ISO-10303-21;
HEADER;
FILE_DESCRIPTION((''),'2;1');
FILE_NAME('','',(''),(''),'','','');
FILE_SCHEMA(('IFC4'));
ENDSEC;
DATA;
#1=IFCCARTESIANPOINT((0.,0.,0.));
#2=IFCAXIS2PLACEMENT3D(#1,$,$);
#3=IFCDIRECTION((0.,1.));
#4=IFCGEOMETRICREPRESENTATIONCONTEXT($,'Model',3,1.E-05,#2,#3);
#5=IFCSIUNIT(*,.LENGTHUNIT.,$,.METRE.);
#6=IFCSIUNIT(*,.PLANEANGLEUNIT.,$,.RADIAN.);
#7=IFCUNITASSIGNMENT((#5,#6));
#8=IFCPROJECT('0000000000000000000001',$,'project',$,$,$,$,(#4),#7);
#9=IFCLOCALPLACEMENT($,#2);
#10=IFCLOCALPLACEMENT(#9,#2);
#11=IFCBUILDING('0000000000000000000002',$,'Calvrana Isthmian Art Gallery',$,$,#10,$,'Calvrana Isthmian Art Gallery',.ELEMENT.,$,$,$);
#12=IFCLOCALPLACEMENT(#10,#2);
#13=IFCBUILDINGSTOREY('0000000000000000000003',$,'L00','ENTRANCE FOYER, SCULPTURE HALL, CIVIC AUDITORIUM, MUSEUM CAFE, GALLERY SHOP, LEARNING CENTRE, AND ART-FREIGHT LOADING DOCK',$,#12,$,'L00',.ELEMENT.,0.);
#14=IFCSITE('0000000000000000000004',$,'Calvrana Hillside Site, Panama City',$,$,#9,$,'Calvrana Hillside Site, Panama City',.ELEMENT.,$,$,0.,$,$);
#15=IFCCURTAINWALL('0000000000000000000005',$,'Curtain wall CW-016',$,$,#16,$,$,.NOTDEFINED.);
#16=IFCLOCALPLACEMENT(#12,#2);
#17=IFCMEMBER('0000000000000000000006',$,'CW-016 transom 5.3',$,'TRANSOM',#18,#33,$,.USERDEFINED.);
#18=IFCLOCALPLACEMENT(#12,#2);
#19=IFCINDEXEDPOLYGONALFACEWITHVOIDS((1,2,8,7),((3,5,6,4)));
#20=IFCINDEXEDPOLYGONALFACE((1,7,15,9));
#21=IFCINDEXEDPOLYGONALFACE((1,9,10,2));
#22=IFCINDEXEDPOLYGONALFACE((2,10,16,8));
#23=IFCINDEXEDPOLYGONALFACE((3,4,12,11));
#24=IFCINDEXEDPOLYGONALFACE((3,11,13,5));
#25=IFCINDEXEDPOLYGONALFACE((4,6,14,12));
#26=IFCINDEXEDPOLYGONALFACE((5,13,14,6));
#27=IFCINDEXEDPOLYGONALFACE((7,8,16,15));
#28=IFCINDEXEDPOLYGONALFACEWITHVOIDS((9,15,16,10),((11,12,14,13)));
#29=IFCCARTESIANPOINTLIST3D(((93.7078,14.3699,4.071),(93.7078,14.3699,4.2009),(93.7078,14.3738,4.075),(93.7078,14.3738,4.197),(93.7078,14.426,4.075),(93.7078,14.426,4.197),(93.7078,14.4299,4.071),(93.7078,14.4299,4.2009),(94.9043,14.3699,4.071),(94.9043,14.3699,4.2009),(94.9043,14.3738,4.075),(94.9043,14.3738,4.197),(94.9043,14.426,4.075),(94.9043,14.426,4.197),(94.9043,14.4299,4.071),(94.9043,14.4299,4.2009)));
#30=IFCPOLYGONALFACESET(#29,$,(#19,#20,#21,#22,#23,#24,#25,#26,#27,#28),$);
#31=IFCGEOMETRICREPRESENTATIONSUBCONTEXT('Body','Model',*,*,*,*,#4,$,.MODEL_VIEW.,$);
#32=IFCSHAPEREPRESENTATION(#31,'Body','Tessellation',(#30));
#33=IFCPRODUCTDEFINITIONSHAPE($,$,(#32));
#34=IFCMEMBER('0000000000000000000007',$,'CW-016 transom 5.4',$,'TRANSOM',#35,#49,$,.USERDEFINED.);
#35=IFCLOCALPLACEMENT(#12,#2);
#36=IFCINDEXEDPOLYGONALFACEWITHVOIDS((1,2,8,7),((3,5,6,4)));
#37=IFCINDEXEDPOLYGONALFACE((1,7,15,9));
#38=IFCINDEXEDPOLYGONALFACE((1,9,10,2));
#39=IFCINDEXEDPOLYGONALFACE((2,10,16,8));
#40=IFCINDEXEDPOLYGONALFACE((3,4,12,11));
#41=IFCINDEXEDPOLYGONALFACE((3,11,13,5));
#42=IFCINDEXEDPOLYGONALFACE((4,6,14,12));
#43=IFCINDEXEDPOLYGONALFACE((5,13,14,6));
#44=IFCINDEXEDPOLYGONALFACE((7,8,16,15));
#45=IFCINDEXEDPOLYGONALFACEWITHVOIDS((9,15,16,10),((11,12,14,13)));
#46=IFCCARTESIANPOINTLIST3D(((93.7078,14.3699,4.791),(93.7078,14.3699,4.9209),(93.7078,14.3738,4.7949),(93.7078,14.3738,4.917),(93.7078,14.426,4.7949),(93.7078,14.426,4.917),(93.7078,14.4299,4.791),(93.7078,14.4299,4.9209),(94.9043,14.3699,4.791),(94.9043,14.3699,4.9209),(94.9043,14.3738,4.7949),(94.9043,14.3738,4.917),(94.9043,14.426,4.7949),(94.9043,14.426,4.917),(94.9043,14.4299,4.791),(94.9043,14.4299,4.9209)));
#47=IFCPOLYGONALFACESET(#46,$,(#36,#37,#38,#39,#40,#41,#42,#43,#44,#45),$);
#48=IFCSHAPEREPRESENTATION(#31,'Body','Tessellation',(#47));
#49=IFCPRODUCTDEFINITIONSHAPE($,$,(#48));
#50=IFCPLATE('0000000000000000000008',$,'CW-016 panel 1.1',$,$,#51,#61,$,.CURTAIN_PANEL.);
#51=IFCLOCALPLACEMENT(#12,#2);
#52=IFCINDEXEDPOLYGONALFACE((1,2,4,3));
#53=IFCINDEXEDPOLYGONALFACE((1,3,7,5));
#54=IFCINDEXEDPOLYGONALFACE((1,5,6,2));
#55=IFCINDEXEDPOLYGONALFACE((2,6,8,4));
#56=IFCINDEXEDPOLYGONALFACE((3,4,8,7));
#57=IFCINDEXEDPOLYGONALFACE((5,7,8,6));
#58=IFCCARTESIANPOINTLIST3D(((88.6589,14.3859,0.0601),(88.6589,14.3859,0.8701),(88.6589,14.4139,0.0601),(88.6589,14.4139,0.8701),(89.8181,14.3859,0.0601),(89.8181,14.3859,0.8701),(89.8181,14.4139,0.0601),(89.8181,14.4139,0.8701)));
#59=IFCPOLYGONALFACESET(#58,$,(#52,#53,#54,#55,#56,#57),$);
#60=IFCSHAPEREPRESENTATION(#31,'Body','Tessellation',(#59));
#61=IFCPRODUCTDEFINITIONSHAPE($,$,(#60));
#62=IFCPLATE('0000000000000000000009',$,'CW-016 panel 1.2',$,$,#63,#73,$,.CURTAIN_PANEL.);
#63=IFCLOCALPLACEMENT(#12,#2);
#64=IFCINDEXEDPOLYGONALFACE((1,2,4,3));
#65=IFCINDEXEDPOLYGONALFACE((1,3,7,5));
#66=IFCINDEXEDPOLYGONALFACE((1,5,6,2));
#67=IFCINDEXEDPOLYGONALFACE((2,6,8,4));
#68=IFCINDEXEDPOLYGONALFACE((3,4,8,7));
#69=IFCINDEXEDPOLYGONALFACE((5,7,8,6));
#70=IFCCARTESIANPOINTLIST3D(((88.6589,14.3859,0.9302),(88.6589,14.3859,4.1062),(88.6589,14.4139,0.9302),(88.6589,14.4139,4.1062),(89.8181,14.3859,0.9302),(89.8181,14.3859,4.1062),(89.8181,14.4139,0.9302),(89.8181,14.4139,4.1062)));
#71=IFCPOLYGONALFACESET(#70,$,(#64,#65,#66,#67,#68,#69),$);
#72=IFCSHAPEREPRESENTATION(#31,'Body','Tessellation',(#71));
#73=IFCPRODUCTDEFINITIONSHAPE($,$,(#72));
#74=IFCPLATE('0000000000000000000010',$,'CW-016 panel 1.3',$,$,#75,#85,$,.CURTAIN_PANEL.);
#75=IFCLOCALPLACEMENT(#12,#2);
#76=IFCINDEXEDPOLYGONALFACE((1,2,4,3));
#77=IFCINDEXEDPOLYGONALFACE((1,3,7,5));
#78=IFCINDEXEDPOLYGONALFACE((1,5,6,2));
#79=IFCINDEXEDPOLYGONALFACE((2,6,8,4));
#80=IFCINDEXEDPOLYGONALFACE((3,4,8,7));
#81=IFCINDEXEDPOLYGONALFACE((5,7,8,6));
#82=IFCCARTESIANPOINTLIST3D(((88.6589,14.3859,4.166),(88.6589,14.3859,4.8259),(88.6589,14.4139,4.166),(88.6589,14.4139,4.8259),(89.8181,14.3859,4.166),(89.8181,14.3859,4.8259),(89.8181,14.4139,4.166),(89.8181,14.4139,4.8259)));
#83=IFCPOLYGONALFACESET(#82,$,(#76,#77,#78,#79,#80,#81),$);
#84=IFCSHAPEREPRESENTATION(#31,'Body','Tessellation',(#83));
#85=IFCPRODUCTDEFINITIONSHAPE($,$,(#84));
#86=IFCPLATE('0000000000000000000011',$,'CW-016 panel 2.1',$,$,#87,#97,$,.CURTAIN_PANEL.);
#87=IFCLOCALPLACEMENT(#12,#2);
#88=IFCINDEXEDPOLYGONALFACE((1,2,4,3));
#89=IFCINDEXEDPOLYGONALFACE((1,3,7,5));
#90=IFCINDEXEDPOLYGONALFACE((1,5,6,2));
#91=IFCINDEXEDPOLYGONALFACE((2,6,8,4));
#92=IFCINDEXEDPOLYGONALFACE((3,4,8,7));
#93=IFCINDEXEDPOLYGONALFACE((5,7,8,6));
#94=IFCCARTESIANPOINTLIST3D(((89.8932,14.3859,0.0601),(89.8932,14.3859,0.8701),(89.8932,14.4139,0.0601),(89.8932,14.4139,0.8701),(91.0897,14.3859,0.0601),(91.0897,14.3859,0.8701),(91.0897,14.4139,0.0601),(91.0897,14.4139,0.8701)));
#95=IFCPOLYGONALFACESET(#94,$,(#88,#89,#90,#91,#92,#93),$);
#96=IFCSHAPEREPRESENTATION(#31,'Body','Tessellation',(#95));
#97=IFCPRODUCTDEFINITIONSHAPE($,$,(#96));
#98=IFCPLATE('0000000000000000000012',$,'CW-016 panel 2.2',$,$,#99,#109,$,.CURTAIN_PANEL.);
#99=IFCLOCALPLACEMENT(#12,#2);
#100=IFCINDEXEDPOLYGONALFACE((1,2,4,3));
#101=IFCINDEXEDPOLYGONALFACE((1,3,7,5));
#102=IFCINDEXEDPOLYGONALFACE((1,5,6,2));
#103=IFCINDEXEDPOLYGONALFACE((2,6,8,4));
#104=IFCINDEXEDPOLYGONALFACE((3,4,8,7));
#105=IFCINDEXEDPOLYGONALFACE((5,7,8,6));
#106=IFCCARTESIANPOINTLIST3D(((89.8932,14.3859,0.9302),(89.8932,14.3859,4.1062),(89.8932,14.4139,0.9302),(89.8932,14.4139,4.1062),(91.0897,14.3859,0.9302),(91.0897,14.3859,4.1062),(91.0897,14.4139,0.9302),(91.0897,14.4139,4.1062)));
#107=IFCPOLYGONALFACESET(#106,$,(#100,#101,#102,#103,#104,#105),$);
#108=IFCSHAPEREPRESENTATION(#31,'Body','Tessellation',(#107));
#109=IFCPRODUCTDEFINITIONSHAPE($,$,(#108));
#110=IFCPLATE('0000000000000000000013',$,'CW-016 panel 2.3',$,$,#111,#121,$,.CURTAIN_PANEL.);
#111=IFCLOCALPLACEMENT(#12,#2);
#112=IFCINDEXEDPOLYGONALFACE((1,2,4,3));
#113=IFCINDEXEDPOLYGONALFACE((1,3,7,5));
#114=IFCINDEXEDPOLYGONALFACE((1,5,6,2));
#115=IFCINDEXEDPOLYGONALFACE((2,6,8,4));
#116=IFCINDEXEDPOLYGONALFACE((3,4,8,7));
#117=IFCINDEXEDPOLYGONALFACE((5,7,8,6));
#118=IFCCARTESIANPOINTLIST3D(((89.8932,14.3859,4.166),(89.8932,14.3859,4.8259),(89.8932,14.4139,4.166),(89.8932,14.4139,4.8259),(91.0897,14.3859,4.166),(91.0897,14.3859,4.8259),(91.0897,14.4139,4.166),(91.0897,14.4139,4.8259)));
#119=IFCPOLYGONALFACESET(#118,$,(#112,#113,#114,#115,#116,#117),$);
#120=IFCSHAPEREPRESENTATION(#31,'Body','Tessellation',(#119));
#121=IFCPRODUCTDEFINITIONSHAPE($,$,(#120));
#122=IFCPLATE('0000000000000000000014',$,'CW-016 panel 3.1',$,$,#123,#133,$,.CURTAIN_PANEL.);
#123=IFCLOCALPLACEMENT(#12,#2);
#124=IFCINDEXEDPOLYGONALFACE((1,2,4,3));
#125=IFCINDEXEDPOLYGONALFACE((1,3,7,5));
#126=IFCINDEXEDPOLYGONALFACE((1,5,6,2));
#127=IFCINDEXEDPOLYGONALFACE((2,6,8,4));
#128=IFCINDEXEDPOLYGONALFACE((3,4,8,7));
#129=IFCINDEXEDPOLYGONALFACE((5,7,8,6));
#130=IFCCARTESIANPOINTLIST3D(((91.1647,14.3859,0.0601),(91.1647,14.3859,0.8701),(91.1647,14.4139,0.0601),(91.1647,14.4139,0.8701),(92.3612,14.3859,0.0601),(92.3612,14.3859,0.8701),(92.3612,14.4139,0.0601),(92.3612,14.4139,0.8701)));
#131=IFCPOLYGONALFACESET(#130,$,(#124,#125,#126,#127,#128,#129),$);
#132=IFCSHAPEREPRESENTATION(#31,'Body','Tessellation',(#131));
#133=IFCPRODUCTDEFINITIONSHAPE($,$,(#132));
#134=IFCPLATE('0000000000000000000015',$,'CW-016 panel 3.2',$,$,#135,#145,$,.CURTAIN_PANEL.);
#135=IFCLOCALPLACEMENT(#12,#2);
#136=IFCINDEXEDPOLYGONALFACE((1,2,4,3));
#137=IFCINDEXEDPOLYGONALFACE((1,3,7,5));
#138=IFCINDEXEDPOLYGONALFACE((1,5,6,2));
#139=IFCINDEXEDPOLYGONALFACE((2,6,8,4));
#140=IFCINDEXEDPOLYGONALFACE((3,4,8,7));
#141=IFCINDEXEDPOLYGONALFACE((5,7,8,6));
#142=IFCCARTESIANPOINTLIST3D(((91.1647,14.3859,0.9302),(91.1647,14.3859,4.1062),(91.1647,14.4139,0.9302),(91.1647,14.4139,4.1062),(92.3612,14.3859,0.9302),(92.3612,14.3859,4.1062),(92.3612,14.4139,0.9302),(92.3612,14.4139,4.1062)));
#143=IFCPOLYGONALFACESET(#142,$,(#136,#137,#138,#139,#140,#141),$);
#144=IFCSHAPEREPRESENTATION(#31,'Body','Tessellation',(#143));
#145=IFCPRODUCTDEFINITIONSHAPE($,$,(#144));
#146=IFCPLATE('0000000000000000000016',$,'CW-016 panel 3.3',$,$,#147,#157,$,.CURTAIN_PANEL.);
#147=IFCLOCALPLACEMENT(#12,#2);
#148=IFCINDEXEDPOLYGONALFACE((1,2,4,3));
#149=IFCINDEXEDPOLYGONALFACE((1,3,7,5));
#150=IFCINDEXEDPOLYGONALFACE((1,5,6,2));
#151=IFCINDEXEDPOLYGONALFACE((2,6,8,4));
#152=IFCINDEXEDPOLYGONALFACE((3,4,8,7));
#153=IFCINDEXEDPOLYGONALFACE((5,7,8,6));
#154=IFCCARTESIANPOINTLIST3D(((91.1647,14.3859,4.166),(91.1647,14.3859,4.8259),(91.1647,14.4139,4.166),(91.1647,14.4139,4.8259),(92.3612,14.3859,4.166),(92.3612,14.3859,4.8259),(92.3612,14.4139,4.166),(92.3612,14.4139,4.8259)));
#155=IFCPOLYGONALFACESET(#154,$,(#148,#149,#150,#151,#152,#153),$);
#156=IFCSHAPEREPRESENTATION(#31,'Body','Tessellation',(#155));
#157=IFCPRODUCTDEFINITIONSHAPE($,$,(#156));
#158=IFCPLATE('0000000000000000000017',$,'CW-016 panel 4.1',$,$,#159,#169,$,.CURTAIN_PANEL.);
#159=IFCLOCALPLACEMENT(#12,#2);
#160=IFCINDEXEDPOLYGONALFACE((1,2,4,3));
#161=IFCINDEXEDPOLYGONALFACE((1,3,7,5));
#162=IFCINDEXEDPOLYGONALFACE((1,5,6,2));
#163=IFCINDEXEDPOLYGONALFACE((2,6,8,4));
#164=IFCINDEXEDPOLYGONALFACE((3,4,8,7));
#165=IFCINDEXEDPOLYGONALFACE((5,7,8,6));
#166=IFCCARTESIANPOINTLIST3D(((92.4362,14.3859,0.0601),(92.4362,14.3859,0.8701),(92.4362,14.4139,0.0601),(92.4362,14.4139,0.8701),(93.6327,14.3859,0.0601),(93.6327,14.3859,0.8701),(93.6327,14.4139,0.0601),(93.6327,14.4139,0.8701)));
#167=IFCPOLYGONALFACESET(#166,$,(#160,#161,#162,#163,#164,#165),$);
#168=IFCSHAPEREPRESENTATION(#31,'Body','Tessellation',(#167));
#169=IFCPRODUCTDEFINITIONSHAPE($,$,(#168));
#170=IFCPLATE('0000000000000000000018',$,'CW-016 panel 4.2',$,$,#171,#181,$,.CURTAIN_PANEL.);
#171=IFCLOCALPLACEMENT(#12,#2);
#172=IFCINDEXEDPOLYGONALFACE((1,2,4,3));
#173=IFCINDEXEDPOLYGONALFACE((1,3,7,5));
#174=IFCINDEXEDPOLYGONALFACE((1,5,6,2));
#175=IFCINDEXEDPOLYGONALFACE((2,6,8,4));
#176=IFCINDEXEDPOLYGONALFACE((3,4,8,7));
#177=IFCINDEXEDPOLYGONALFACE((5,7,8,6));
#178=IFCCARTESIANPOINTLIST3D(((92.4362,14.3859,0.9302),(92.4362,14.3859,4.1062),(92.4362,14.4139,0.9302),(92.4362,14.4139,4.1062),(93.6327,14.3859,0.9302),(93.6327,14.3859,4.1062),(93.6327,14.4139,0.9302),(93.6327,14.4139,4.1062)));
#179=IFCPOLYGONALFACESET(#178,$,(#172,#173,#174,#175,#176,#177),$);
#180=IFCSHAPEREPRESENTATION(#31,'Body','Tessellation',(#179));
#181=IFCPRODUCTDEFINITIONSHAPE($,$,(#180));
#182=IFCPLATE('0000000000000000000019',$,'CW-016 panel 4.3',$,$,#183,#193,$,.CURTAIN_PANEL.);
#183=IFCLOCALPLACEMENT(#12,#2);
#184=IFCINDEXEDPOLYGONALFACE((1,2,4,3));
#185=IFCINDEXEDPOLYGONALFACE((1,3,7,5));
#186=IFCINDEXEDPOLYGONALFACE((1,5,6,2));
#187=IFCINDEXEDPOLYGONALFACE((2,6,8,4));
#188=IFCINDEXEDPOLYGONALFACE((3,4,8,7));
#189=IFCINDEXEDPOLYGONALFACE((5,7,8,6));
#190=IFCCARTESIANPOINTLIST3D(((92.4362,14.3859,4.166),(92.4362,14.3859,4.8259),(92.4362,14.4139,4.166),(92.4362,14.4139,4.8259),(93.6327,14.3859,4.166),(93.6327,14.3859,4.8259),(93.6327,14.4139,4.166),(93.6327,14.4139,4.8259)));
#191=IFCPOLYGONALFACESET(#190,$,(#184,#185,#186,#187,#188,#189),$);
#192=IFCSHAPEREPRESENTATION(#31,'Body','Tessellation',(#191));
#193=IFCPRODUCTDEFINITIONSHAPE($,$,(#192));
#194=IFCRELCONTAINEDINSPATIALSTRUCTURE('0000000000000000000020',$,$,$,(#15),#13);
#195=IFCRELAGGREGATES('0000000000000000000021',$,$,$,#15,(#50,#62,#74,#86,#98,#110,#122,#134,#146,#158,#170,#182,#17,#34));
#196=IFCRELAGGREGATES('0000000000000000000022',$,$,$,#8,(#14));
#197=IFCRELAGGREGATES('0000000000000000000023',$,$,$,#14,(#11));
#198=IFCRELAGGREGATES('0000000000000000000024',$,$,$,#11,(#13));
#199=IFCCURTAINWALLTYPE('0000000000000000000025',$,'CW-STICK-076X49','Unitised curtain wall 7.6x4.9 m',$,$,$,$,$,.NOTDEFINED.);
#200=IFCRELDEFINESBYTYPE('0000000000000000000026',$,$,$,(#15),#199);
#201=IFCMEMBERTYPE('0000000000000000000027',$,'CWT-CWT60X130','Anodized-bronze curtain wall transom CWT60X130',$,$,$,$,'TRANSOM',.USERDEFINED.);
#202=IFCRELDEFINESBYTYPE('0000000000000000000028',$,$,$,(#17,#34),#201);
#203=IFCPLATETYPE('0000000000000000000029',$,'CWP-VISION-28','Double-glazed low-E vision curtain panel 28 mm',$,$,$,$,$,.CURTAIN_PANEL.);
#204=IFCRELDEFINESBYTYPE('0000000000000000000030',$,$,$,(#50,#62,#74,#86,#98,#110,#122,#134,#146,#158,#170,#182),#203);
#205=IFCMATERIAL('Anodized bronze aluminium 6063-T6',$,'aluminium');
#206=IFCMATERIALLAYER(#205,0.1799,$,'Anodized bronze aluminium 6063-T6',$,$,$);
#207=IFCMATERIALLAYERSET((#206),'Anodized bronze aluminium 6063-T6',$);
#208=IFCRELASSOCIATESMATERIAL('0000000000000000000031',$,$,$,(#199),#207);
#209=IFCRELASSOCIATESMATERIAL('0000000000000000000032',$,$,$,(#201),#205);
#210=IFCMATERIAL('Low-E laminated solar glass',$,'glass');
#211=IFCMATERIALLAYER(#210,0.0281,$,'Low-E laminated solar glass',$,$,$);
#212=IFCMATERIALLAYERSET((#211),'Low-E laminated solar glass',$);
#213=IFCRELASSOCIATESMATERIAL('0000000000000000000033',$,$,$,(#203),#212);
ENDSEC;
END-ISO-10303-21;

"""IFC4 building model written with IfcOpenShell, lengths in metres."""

from ifc_helpers import new_model, si_unit, direction, frame, origin, origin_2d, place, context, subcontext, project, spatial, rectangle, hollow_rectangle, extrude, material, layer, layer_set, material_profile, profile_set, type_object, element, aggregate, save


model = new_model("IFC4")

# Units and contexts
model_context = context("Model", 3, precision=1e-05, world=origin(), true_north=direction((0.0, 1.0)))
body_context = subcontext(model_context, "Body", "Model", "MODEL_VIEW")
ifc_project = project(units=[si_unit("LENGTHUNIT", "METRE"), si_unit("PLANEANGLEUNIT", "RADIAN")], contexts=[model_context])

# Site, building, storey
site_placement = place(None, origin())
site = spatial("IfcSite", under=ifc_project, at=site_placement, Name="Calvrana Hillside Site, Panama City", LongName="Calvrana Hillside Site, Panama City", CompositionType="ELEMENT", RefElevation=0.0)
building_placement = place(site_placement, origin())
building = spatial("IfcBuilding", under=site, at=building_placement, Name="Calvrana Isthmian Art Gallery", LongName="Calvrana Isthmian Art Gallery", CompositionType="ELEMENT")
storey_placement = place(building_placement, origin())
storey = spatial("IfcBuildingStorey", under=building, at=storey_placement, Name="L00", Description="ENTRANCE FOYER, SCULPTURE HALL, CIVIC AUDITORIUM, MUSEUM CAFE, GALLERY SHOP, LEARNING CENTRE, AND ART-FREIGHT LOADING DOCK", LongName="L00", CompositionType="ELEMENT", Elevation=0.0)

# Curtain wall, members, plates
ifc_material_1 = material(Name="Anodized bronze aluminium 6063-T6", Category="aluminium")
ifc_layer_1 = layer(ifc_material_1, 0.1799, Name="Anodized bronze aluminium 6063-T6")
ifc_layer_set_1 = layer_set([ifc_layer_1], Name="Anodized bronze aluminium 6063-T6")
curtain_wall_type = type_object("IfcCurtainWallType", Name="CW-STICK-076X49", Description="Unitised curtain wall 7.6x4.9 m", PredefinedType="NOTDEFINED", material=ifc_layer_set_1)
curtain_wall_placement = place(storey_placement, origin())
curtain_wall = element("IfcCurtainWall", 1, at=curtain_wall_placement, inside=storey, type_object=curtain_wall_type, Name="Curtain wall CW-016", PredefinedType="NOTDEFINED")
ifc_material_profile_1 = material_profile(ifc_material_1, hollow_rectangle(XDim=0.0601, YDim=0.1299, WallThickness=0.0039, at=origin_2d()), Name="CWT60X130")
ifc_profile_set_1 = profile_set([ifc_material_profile_1], Name="Anodized bronze aluminium 6063-T6")
member_type_1 = type_object("IfcMemberType", Name="CWT-CWT60X130", Description="Anodized-bronze curtain wall transom CWT60X130", ElementType="TRANSOM", PredefinedType="USERDEFINED", material=ifc_profile_set_1)
member_1_placement = place(storey_placement, frame((93.7078, 14.3999, 4.136), z_axis=(1.0, 0.0, 0.0), x_axis=(0.0, 1.0, 0.0)))
member_1 = element("IfcMember", 2, at=member_1_placement, type_object=member_type_1, Name="CW-016 transom 5.3", ObjectType="TRANSOM", PredefinedType="USERDEFINED", context=body_context, shape_type="SweptSolid", body=[
    extrude(hollow_rectangle(XDim=0.0601, YDim=0.1299, WallThickness=0.0039, at=origin_2d()), origin(), (0.0, 0.0, 1.0), 1.1965),
])
member_2_placement = place(storey_placement, frame((93.7078, 14.3999, 4.856), z_axis=(1.0, 0.0, 0.0), x_axis=(0.0, 1.0, 0.0)))
member_2 = element("IfcMember", 3, at=member_2_placement, type_object=member_type_1, Name="CW-016 transom 5.4", ObjectType="TRANSOM", PredefinedType="USERDEFINED", context=body_context, shape_type="SweptSolid", body=[
    extrude(hollow_rectangle(XDim=0.0601, YDim=0.1299, WallThickness=0.0039, at=origin_2d()), origin(), (0.0, 0.0, 1.0), 1.1965),
])
ifc_material_2 = material(Name="Low-E laminated solar glass", Category="glass")
ifc_layer_2 = layer(ifc_material_2, 0.0281, Name="Low-E laminated solar glass")
ifc_layer_set_2 = layer_set([ifc_layer_2], Name="Low-E laminated solar glass")
plate_type = type_object("IfcPlateType", Name="CWP-VISION-28", Description="Double-glazed low-E vision curtain panel 28 mm", PredefinedType="CURTAIN_PANEL", material=ifc_layer_set_2)
plate_1_placement = place(storey_placement, frame((89.2385, 14.3999, 0.0601), z_axis=(0.0, 0.0, 1.0), x_axis=(1.0, 0.0, 0.0)))
plate_1 = element("IfcPlate", 4, at=plate_1_placement, type_object=plate_type, Name="CW-016 panel 1.1", PredefinedType="CURTAIN_PANEL", context=body_context, shape_type="SweptSolid", body=[
    extrude(rectangle(XDim=1.1592, YDim=0.0281, at=origin_2d()), origin(), (0.0, 0.0, 1.0), 0.8101),
])
plate_2_placement = place(storey_placement, frame((89.2385, 14.3999, 0.9302), z_axis=(0.0, 0.0, 1.0), x_axis=(1.0, 0.0, 0.0)))
plate_2 = element("IfcPlate", 5, at=plate_2_placement, type_object=plate_type, Name="CW-016 panel 1.2", PredefinedType="CURTAIN_PANEL", context=body_context, shape_type="SweptSolid", body=[
    extrude(rectangle(XDim=1.1592, YDim=0.0281, at=origin_2d()), origin(), (0.0, 0.0, 1.0), 3.176),
])
plate_3_placement = place(storey_placement, frame((89.2385, 14.3999, 4.166), z_axis=(0.0, 0.0, 1.0), x_axis=(1.0, 0.0, 0.0)))
plate_3 = element("IfcPlate", 6, at=plate_3_placement, type_object=plate_type, Name="CW-016 panel 1.3", PredefinedType="CURTAIN_PANEL", context=body_context, shape_type="SweptSolid", body=[
    extrude(rectangle(XDim=1.1592, YDim=0.0281, at=origin_2d()), origin(), (0.0, 0.0, 1.0), 0.6599),
])
plate_4_placement = place(storey_placement, frame((90.4915, 14.3999, 0.0601), z_axis=(0.0, 0.0, 1.0), x_axis=(1.0, 0.0, 0.0)))
plate_4 = element("IfcPlate", 7, at=plate_4_placement, type_object=plate_type, Name="CW-016 panel 2.1", PredefinedType="CURTAIN_PANEL", context=body_context, shape_type="SweptSolid", body=[
    extrude(rectangle(XDim=1.1965, YDim=0.0281, at=origin_2d()), origin(), (0.0, 0.0, 1.0), 0.8101),
])
plate_5_placement = place(storey_placement, frame((90.4915, 14.3999, 0.9302), z_axis=(0.0, 0.0, 1.0), x_axis=(1.0, 0.0, 0.0)))
plate_5 = element("IfcPlate", 8, at=plate_5_placement, type_object=plate_type, Name="CW-016 panel 2.2", PredefinedType="CURTAIN_PANEL", context=body_context, shape_type="SweptSolid", body=[
    extrude(rectangle(XDim=1.1965, YDim=0.0281, at=origin_2d()), origin(), (0.0, 0.0, 1.0), 3.176),
])
plate_6_placement = place(storey_placement, frame((90.4915, 14.3999, 4.166), z_axis=(0.0, 0.0, 1.0), x_axis=(1.0, 0.0, 0.0)))
plate_6 = element("IfcPlate", 9, at=plate_6_placement, type_object=plate_type, Name="CW-016 panel 2.3", PredefinedType="CURTAIN_PANEL", context=body_context, shape_type="SweptSolid", body=[
    extrude(rectangle(XDim=1.1965, YDim=0.0281, at=origin_2d()), origin(), (0.0, 0.0, 1.0), 0.6599),
])
plate_7_placement = place(storey_placement, frame((91.7629, 14.3999, 0.0601), z_axis=(0.0, 0.0, 1.0), x_axis=(1.0, 0.0, 0.0)))
plate_7 = element("IfcPlate", 10, at=plate_7_placement, type_object=plate_type, Name="CW-016 panel 3.1", PredefinedType="CURTAIN_PANEL", context=body_context, shape_type="SweptSolid", body=[
    extrude(rectangle(XDim=1.1965, YDim=0.0281, at=origin_2d()), origin(), (0.0, 0.0, 1.0), 0.8101),
])
plate_8_placement = place(storey_placement, frame((91.7629, 14.3999, 0.9302), z_axis=(0.0, 0.0, 1.0), x_axis=(1.0, 0.0, 0.0)))
plate_8 = element("IfcPlate", 11, at=plate_8_placement, type_object=plate_type, Name="CW-016 panel 3.2", PredefinedType="CURTAIN_PANEL", context=body_context, shape_type="SweptSolid", body=[
    extrude(rectangle(XDim=1.1965, YDim=0.0281, at=origin_2d()), origin(), (0.0, 0.0, 1.0), 3.176),
])
plate_9_placement = place(storey_placement, frame((91.7629, 14.3999, 4.166), z_axis=(0.0, 0.0, 1.0), x_axis=(1.0, 0.0, 0.0)))
plate_9 = element("IfcPlate", 12, at=plate_9_placement, type_object=plate_type, Name="CW-016 panel 3.3", PredefinedType="CURTAIN_PANEL", context=body_context, shape_type="SweptSolid", body=[
    extrude(rectangle(XDim=1.1965, YDim=0.0281, at=origin_2d()), origin(), (0.0, 0.0, 1.0), 0.6599),
])
plate_10_placement = place(storey_placement, frame((93.0344, 14.3999, 0.0601), z_axis=(0.0, 0.0, 1.0), x_axis=(1.0, 0.0, 0.0)))
plate_10 = element("IfcPlate", 13, at=plate_10_placement, type_object=plate_type, Name="CW-016 panel 4.1", PredefinedType="CURTAIN_PANEL", context=body_context, shape_type="SweptSolid", body=[
    extrude(rectangle(XDim=1.1965, YDim=0.0281, at=origin_2d()), origin(), (0.0, 0.0, 1.0), 0.8101),
])
plate_11_placement = place(storey_placement, frame((93.0344, 14.3999, 0.9302), z_axis=(0.0, 0.0, 1.0), x_axis=(1.0, 0.0, 0.0)))
plate_11 = element("IfcPlate", 14, at=plate_11_placement, type_object=plate_type, Name="CW-016 panel 4.2", PredefinedType="CURTAIN_PANEL", context=body_context, shape_type="SweptSolid", body=[
    extrude(rectangle(XDim=1.1965, YDim=0.0281, at=origin_2d()), origin(), (0.0, 0.0, 1.0), 3.176),
])
plate_12_placement = place(storey_placement, frame((93.0344, 14.3999, 4.166), z_axis=(0.0, 0.0, 1.0), x_axis=(1.0, 0.0, 0.0)))
plate_12 = element("IfcPlate", 15, at=plate_12_placement, type_object=plate_type, Name="CW-016 panel 4.3", PredefinedType="CURTAIN_PANEL", context=body_context, shape_type="SweptSolid", body=[
    extrude(rectangle(XDim=1.1965, YDim=0.0281, at=origin_2d()), origin(), (0.0, 0.0, 1.0), 0.6599),
])
aggregate(curtain_wall, [plate_1, plate_2, plate_3, plate_4, plate_5, plate_6, plate_7, plate_8, plate_9, plate_10, plate_11, plate_12, member_1, member_2])

save(model, "model.ifc")
